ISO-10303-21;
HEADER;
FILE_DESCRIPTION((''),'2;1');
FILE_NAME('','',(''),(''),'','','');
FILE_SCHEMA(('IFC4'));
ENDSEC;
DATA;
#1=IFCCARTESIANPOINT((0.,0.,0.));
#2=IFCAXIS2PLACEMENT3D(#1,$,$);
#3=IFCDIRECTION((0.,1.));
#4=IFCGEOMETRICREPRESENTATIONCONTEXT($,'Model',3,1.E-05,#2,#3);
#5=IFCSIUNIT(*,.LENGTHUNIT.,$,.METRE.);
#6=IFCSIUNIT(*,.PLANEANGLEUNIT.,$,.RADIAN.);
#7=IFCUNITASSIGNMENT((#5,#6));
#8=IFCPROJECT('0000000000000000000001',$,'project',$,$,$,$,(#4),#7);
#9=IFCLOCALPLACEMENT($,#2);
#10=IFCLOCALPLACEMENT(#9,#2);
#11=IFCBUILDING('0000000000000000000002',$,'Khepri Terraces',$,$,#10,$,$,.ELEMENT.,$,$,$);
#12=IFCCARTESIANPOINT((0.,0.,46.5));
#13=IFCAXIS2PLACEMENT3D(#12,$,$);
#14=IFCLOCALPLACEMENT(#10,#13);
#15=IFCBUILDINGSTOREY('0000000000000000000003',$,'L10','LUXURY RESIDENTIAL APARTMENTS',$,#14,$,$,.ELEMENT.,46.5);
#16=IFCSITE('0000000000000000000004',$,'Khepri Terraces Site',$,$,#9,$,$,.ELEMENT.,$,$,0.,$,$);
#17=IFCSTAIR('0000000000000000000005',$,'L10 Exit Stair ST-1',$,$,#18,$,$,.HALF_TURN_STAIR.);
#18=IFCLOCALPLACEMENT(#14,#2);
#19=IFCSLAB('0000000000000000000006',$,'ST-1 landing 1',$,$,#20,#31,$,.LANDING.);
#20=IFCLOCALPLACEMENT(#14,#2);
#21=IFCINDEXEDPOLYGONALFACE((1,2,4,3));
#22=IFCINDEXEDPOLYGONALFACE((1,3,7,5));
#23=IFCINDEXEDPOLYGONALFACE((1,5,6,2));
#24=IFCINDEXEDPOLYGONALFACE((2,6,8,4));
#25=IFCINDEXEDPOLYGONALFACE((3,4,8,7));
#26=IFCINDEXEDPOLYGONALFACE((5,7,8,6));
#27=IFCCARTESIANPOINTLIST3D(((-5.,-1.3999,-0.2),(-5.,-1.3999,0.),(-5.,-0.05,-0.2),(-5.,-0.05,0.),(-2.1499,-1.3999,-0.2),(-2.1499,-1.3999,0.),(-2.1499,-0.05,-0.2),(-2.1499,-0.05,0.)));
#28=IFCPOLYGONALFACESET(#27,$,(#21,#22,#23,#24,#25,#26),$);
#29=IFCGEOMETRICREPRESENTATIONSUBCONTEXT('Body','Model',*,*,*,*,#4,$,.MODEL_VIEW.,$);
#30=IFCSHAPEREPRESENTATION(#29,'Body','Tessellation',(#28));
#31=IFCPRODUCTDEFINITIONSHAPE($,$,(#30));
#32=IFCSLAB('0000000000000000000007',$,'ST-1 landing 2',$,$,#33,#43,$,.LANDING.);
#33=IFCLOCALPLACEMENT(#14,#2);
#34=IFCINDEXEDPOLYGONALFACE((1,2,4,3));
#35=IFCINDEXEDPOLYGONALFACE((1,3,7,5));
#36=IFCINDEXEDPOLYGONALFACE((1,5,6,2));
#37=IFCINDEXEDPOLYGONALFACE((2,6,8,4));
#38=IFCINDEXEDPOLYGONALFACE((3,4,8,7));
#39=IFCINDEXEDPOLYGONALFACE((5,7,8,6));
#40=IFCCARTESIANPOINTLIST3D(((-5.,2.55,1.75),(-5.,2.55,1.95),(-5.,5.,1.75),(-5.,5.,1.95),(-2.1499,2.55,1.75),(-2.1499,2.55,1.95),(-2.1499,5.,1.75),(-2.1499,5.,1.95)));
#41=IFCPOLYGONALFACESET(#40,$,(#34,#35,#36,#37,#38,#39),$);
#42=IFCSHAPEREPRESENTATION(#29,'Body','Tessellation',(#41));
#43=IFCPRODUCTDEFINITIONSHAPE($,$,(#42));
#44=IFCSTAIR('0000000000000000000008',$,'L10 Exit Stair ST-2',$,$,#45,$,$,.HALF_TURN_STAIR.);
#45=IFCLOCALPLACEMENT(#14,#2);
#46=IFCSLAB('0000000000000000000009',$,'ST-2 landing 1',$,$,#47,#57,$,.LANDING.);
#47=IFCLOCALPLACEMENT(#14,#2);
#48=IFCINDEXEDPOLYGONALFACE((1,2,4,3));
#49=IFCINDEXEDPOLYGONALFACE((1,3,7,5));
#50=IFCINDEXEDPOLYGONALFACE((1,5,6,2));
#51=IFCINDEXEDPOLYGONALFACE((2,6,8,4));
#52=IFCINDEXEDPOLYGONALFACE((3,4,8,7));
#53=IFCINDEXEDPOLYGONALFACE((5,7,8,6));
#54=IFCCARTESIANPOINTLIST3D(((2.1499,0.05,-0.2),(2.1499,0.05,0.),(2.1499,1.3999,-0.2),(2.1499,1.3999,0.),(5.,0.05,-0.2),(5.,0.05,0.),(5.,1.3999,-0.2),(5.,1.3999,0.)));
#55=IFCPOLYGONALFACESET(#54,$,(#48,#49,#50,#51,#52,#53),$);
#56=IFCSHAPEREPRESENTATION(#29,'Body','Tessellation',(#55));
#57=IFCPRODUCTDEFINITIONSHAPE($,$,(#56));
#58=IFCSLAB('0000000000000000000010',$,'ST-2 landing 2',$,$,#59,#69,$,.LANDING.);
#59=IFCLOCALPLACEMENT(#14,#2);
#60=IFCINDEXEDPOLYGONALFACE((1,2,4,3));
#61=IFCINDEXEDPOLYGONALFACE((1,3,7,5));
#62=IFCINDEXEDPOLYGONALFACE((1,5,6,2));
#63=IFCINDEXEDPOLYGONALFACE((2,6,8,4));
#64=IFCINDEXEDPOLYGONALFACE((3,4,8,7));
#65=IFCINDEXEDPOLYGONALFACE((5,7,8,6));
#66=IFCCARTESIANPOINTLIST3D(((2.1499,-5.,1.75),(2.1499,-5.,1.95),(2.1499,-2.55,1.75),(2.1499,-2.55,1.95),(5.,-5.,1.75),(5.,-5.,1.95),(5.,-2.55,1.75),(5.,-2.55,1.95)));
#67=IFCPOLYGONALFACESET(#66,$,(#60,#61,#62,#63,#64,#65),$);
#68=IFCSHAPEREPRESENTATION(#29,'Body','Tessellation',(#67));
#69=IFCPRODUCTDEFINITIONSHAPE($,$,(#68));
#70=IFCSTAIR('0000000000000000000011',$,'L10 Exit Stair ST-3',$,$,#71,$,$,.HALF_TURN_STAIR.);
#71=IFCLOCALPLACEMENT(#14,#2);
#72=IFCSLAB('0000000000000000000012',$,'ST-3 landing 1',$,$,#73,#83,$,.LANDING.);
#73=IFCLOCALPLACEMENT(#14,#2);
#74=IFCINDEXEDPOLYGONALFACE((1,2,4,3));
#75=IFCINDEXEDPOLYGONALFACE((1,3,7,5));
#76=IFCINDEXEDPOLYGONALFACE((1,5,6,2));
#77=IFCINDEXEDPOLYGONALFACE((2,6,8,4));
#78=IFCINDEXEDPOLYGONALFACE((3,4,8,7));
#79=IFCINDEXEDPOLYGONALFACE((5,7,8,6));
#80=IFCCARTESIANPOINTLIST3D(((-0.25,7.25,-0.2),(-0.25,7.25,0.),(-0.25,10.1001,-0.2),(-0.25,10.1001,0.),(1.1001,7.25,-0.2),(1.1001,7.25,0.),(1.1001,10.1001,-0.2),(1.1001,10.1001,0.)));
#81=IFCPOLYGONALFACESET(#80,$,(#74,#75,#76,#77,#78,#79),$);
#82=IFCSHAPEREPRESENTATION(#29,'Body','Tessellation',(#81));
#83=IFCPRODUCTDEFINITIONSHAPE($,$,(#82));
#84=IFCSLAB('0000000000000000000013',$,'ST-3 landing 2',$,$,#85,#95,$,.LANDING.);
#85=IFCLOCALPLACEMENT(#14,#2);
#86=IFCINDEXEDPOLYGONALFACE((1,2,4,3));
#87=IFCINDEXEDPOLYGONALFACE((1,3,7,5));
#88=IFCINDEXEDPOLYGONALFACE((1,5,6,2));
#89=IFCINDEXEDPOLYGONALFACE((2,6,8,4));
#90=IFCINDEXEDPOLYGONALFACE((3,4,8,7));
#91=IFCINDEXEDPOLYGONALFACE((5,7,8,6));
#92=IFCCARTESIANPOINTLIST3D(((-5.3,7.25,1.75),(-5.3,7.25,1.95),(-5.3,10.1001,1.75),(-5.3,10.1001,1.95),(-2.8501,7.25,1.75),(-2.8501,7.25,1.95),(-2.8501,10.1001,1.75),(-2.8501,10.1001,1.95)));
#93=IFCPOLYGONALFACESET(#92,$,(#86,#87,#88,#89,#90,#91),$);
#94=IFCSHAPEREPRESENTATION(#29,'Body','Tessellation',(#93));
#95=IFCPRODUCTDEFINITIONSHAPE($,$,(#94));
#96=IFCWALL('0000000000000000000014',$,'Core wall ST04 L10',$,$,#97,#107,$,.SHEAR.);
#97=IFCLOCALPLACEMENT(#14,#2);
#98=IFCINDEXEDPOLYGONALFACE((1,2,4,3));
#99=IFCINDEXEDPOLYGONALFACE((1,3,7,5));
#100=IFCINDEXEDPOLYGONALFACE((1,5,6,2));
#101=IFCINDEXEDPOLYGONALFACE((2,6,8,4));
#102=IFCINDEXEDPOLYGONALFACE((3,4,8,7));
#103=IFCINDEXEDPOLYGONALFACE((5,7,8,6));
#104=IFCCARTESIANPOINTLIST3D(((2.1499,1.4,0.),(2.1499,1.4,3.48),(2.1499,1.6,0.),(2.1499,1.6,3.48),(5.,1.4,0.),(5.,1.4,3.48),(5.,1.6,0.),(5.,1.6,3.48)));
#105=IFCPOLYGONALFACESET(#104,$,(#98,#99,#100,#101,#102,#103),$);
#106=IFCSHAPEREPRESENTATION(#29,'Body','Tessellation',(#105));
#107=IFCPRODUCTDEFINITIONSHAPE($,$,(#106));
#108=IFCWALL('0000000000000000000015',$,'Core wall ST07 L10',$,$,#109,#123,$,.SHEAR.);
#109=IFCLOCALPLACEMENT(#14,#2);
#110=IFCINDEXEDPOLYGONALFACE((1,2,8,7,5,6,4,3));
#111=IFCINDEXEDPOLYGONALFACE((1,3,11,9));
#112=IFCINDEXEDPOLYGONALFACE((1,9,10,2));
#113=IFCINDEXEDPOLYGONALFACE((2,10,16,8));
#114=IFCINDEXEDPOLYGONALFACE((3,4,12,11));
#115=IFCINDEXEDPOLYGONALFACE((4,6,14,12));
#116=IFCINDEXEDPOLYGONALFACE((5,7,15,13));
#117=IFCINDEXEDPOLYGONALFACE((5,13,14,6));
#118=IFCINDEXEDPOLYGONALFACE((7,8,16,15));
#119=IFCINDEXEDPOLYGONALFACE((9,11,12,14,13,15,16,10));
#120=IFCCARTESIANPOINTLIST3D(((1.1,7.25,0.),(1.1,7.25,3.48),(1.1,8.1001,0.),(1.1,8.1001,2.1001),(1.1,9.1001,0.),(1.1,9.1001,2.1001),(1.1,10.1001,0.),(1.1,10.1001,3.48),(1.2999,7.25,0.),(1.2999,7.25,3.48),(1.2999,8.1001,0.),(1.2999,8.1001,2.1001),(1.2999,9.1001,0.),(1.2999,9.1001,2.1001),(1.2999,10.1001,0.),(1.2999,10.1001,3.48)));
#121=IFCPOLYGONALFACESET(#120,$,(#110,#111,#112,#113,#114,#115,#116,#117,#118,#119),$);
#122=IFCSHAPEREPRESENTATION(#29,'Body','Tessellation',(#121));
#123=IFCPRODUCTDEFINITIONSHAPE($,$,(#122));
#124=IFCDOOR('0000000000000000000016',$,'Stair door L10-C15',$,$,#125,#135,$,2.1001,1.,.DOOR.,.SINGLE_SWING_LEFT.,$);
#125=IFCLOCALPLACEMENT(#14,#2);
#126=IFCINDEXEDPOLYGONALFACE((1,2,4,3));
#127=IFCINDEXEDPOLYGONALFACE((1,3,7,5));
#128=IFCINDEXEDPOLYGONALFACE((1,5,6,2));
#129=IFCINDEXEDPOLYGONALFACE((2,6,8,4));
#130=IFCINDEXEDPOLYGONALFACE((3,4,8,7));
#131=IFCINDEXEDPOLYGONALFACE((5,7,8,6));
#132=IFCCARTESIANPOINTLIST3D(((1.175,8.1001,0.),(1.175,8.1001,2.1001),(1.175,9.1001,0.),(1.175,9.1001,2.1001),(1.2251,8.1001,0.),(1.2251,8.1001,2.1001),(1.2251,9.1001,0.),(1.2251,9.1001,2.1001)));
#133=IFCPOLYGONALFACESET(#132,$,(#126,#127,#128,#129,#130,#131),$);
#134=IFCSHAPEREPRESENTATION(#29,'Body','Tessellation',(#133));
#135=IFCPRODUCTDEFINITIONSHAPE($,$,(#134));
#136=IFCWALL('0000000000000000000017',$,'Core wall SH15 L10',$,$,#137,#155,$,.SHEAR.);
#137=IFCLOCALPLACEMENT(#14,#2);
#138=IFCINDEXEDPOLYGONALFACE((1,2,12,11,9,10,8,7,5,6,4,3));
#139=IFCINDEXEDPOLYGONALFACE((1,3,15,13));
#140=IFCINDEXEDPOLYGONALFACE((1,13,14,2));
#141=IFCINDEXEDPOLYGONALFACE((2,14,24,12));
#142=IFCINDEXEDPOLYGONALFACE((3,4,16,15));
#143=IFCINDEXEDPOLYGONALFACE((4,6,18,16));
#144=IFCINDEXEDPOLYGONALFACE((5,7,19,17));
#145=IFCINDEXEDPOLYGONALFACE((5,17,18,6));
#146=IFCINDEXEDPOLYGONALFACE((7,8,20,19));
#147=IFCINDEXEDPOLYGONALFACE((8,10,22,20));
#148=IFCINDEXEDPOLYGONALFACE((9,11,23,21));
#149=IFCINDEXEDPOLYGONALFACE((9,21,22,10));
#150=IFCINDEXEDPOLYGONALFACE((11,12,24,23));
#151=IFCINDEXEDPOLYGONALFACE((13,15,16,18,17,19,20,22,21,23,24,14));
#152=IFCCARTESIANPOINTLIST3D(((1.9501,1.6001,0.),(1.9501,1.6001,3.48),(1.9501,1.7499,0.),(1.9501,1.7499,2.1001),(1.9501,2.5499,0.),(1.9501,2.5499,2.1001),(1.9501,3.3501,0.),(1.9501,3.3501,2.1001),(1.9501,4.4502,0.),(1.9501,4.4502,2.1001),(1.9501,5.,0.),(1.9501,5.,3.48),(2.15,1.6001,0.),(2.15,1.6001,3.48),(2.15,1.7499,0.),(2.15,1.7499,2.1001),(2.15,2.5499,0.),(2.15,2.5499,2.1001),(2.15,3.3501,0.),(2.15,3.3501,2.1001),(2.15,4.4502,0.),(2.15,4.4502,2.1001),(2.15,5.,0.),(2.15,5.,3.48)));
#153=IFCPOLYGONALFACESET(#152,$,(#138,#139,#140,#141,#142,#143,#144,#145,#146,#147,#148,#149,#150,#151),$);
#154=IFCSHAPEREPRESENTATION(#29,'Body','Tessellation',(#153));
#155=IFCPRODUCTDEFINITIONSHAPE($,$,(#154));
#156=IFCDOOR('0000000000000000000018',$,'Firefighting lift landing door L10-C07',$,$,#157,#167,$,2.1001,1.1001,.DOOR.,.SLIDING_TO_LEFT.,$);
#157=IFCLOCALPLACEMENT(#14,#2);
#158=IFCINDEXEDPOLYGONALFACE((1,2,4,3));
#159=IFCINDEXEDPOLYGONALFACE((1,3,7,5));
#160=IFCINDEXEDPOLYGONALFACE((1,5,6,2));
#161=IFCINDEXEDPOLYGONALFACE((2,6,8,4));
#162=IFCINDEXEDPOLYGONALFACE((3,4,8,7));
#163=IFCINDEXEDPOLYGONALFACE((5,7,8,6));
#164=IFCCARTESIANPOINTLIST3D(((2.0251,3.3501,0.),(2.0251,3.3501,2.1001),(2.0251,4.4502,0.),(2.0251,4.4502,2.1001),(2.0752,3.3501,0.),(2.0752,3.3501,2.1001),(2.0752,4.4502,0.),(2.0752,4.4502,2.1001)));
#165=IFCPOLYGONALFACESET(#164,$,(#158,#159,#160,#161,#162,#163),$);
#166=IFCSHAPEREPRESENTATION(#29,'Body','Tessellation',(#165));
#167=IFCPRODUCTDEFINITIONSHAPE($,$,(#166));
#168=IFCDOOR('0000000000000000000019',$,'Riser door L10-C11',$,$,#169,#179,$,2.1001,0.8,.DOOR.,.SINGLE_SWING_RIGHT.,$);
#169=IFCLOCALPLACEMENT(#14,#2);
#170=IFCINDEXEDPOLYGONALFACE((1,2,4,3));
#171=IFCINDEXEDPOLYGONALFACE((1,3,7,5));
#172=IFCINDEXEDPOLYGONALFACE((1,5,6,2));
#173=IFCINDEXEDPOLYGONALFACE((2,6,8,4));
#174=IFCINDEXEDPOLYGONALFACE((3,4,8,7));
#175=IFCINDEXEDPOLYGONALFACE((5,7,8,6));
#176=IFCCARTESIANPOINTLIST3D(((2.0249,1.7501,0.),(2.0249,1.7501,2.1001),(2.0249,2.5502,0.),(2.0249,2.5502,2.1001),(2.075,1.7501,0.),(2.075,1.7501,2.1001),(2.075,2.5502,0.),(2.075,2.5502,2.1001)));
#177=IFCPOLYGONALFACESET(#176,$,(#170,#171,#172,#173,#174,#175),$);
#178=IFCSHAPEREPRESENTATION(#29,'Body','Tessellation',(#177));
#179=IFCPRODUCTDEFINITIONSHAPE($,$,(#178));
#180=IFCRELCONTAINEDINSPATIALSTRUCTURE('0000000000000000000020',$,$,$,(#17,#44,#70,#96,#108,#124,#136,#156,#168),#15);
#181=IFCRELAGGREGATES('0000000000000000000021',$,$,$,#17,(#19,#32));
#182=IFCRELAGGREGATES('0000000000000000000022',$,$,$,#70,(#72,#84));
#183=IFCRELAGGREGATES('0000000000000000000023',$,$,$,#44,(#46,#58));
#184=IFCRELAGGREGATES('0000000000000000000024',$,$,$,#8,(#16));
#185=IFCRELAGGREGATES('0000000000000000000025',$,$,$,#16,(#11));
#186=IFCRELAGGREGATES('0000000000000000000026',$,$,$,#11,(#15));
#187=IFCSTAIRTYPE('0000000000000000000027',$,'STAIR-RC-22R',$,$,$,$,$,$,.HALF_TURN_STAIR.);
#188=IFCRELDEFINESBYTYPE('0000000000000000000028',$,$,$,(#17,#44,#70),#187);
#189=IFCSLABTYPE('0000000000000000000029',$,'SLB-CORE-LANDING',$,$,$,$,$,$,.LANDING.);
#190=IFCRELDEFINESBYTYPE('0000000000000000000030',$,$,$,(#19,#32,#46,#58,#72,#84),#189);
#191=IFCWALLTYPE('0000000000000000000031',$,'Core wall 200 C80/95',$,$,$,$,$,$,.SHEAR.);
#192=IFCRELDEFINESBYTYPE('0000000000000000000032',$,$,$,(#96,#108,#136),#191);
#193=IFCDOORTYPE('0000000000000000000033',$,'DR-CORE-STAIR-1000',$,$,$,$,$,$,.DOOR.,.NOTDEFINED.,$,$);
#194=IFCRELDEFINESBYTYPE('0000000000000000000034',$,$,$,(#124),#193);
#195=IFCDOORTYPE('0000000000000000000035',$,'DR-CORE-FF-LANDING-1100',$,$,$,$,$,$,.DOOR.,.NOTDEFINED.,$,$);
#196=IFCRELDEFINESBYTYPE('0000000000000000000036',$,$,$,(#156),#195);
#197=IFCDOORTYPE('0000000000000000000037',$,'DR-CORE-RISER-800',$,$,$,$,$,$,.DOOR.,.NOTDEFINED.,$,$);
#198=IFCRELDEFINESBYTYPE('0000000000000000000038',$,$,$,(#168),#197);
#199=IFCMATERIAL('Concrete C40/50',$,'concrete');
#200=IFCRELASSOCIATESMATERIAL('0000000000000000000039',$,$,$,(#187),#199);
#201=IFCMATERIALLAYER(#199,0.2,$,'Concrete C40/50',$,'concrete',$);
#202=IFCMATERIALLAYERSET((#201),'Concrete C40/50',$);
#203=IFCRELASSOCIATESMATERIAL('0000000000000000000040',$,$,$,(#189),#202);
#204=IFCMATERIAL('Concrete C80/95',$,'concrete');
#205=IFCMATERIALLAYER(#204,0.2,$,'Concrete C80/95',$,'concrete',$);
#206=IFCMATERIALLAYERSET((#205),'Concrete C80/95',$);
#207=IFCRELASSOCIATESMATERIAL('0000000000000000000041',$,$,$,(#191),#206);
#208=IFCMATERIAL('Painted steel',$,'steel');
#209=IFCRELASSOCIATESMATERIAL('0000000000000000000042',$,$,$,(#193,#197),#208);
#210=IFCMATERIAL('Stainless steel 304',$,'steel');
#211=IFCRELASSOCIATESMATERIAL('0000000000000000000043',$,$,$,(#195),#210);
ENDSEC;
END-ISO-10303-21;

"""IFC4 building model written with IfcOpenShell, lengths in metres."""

from ifc_helpers import new_model, si_unit, direction, frame, frame_2d, origin, place, context, subcontext, project, spatial, polyline, rectangle, outline, extrude, material, layer, layer_set, type_object, element, fill, aggregate, save


model = new_model("IFC4")

# Units and contexts
model_context = context("Model", 3, precision=1e-05, world=origin(), true_north=direction((0.0, 1.0)))
body_context = subcontext(model_context, "Body", "Model", "MODEL_VIEW")
ifc_project = project(units=[si_unit("LENGTHUNIT", "METRE"), si_unit("PLANEANGLEUNIT", "RADIAN")], contexts=[model_context])

# Site, building, storey
site_placement = place(None, origin())
site = spatial("IfcSite", under=ifc_project, at=site_placement, Name="Khepri Terraces Site", CompositionType="ELEMENT", RefElevation=0.0)
building_placement = place(site_placement, origin())
building = spatial("IfcBuilding", under=site, at=building_placement, Name="Khepri Terraces", CompositionType="ELEMENT")
storey_placement = place(building_placement, frame((0.0, 0.0, 46.5)))
storey = spatial("IfcBuildingStorey", under=building, at=storey_placement, Name="L10", Description="LUXURY RESIDENTIAL APARTMENTS", CompositionType="ELEMENT", Elevation=46.5)

# Stairs, slabs
ifc_material_1 = material(Name="Concrete C40/50", Category="concrete")
stair_type = type_object("IfcStairType", Name="STAIR-RC-22R", PredefinedType="HALF_TURN_STAIR", material=ifc_material_1)
stair_1_placement = place(storey_placement, origin())
stair_1 = element("IfcStair", 1, at=stair_1_placement, inside=storey, type_object=stair_type, Name="L10 Exit Stair ST-1", PredefinedType="HALF_TURN_STAIR")
ifc_layer_1 = layer(ifc_material_1, 0.2, Name="Concrete C40/50", Category="concrete")
ifc_layer_set_1 = layer_set([ifc_layer_1], Name="Concrete C40/50")
slab_type = type_object("IfcSlabType", Name="SLB-CORE-LANDING", PredefinedType="LANDING", material=ifc_layer_set_1)
slab_1_placement = place(storey_placement, frame((0.0, 0.0, -0.2)))
slab_1 = element("IfcSlab", 2, at=slab_1_placement, type_object=slab_type, Name="ST-1 landing 1", PredefinedType="LANDING", context=body_context, shape_type="SweptSolid", body=[
    extrude(outline(polyline([(-2.1499, -1.3999), (-2.1499, -0.05), (-5.0, -0.05), (-5.0, -1.3999), (-2.1499, -1.3999)])), origin(), (0.0, 0.0, 1.0), 0.2),
])
slab_2_placement = place(storey_placement, frame((0.0, 0.0, 1.75)))
slab_2 = element("IfcSlab", 3, at=slab_2_placement, type_object=slab_type, Name="ST-1 landing 2", PredefinedType="LANDING", context=body_context, shape_type="SweptSolid", body=[
    extrude(outline(polyline([(-2.1499, 2.55), (-2.1499, 5.0), (-5.0, 5.0), (-5.0, 2.55), (-2.1499, 2.55)])), origin(), (0.0, 0.0, 1.0), 0.2),
])
aggregate(stair_1, [slab_1, slab_2])
stair_2_placement = place(storey_placement, origin())
stair_2 = element("IfcStair", 4, at=stair_2_placement, inside=storey, type_object=stair_type, Name="L10 Exit Stair ST-2", PredefinedType="HALF_TURN_STAIR")
slab_3_placement = place(storey_placement, frame((0.0, 0.0, -0.2)))
slab_3 = element("IfcSlab", 5, at=slab_3_placement, type_object=slab_type, Name="ST-2 landing 1", PredefinedType="LANDING", context=body_context, shape_type="SweptSolid", body=[
    extrude(outline(polyline([(2.1499, 1.3999), (2.1499, 0.05), (5.0, 0.05), (5.0, 1.3999), (2.1499, 1.3999)])), origin(), (0.0, 0.0, 1.0), 0.2),
])
slab_4_placement = place(storey_placement, frame((0.0, 0.0, 1.75)))
slab_4 = element("IfcSlab", 6, at=slab_4_placement, type_object=slab_type, Name="ST-2 landing 2", PredefinedType="LANDING", context=body_context, shape_type="SweptSolid", body=[
    extrude(outline(polyline([(2.1499, -2.55), (2.1499, -5.0), (5.0, -5.0), (5.0, -2.55), (2.1499, -2.55)])), origin(), (0.0, 0.0, 1.0), 0.2),
])
stair_3_placement = place(storey_placement, origin())
stair_3 = element("IfcStair", 7, at=stair_3_placement, inside=storey, type_object=stair_type, Name="L10 Exit Stair ST-3", PredefinedType="HALF_TURN_STAIR")
slab_5_placement = place(storey_placement, frame((0.0, 0.0, -0.2)))
slab_5 = element("IfcSlab", 8, at=slab_5_placement, type_object=slab_type, Name="ST-3 landing 1", PredefinedType="LANDING", context=body_context, shape_type="SweptSolid", body=[
    extrude(outline(polyline([(1.1001, 10.1001), (-0.25, 10.1001), (-0.25, 7.25), (1.1001, 7.25), (1.1001, 10.1001)])), origin(), (0.0, 0.0, 1.0), 0.2),
])
slab_6_placement = place(storey_placement, frame((0.0, 0.0, 1.75)))
slab_6 = element("IfcSlab", 9, at=slab_6_placement, type_object=slab_type, Name="ST-3 landing 2", PredefinedType="LANDING", context=body_context, shape_type="SweptSolid", body=[
    extrude(outline(polyline([(-2.8501, 10.1001), (-5.3, 10.1001), (-5.3, 7.25), (-2.8501, 7.25), (-2.8501, 10.1001)])), origin(), (0.0, 0.0, 1.0), 0.2),
])
aggregate(stair_3, [slab_5, slab_6])

# Wall
ifc_material_2 = material(Name="Concrete C80/95", Category="concrete")
ifc_layer_2 = layer(ifc_material_2, 0.2, Name="Concrete C80/95", Category="concrete")
ifc_layer_set_2 = layer_set([ifc_layer_2], Name="Concrete C80/95")
wall_type_1 = type_object("IfcWallType", Name="Core wall 200 C80/95", PredefinedType="SHEAR", material=ifc_layer_set_2)
wall_1_placement = place(storey_placement, frame((2.1499, 1.5, 0.0), z_axis=(0.0, 0.0, 1.0), x_axis=(1.0, 0.0, 0.0)))
element("IfcWall", 10, at=wall_1_placement, inside=storey, type_object=wall_type_1, Name="Core wall ST04 L10", PredefinedType="SHEAR", context=body_context, shape_type="SweptSolid", body=[
    extrude(rectangle(XDim=2.8501, YDim=0.2, at=frame_2d((1.425, 0.0))), origin(), (0.0, 0.0, 1.0), 3.48),
])

# Wall, opening, door
wall_2_placement = place(storey_placement, frame((1.2, 7.25, 0.0), z_axis=(0.0, 0.0, 1.0), x_axis=(0.0, 1.0, 0.0)))
wall_2 = element("IfcWall", 11, at=wall_2_placement, inside=storey, type_object=wall_type_1, Name="Core wall ST07 L10", PredefinedType="SHEAR", context=body_context, shape_type="SweptSolid", body=[
    extrude(rectangle(XDim=2.8501, YDim=0.2, at=frame_2d((1.425, 0.0))), origin(), (0.0, 0.0, 1.0), 3.48),
])
opening_1_placement = place(wall_2_placement, frame((0.8501, 0.0, 0.0)))
opening_1 = element("IfcOpeningElement", 12, at=opening_1_placement, cuts=wall_2, PredefinedType="OPENING", context=body_context, shape_type="SweptSolid", body=[
    extrude(rectangle(XDim=1.0, YDim=2.1001, at=frame_2d((0.5, 1.05))), frame((0.0, 0.1099, 0.0), z_axis=(0.0, -1.0, 0.0), x_axis=(1.0, 0.0, 0.0)), (0.0, 0.0, 1.0), 0.22),
])
ifc_material_3 = material(Name="Painted steel", Category="steel")
door_type_1 = type_object("IfcDoorType", Name="DR-CORE-STAIR-1000", OperationType="NOTDEFINED", PredefinedType="DOOR", material=ifc_material_3)
door_1_placement = place(opening_1_placement, origin())
door_1 = element("IfcDoor", 13, at=door_1_placement, inside=storey, type_object=door_type_1, Name="Stair door L10-C15", OperationType="SINGLE_SWING_LEFT", OverallHeight=2.1001, OverallWidth=1.0, PredefinedType="DOOR", context=body_context, shape_type="SweptSolid", body=[
    extrude(rectangle(XDim=1.0, YDim=2.1001, at=frame_2d((0.5, 1.05))), frame((0.0, 0.0249, 0.0), z_axis=(0.0, -1.0, 0.0), x_axis=(1.0, 0.0, 0.0)), (0.0, 0.0, 1.0), 0.05),
])
fill(opening_1, door_1)

# Wall, openings, doors
wall_3_placement = place(storey_placement, frame((2.05, 1.6001, 0.0), z_axis=(0.0, 0.0, 1.0), x_axis=(0.0, 1.0, 0.0)))
wall_3 = element("IfcWall", 14, at=wall_3_placement, inside=storey, type_object=wall_type_1, Name="Core wall SH15 L10", PredefinedType="SHEAR", context=body_context, shape_type="SweptSolid", body=[
    extrude(rectangle(XDim=3.3999, YDim=0.2, at=frame_2d((1.7, 0.0))), origin(), (0.0, 0.0, 1.0), 3.48),
])
opening_2_placement = place(wall_3_placement, frame((1.75, 0.0, 0.0)))
opening_2 = element("IfcOpeningElement", 15, at=opening_2_placement, cuts=wall_3, PredefinedType="OPENING", context=body_context, shape_type="SweptSolid", body=[
    extrude(rectangle(XDim=1.1001, YDim=2.1001, at=frame_2d((0.55, 1.05))), frame((0.0, 0.1099, 0.0), z_axis=(0.0, -1.0, 0.0), x_axis=(1.0, 0.0, 0.0)), (0.0, 0.0, 1.0), 0.22),
])
opening_3_placement = place(wall_3_placement, frame((0.1499, 0.0, 0.0)))
opening_3 = element("IfcOpeningElement", 16, at=opening_3_placement, cuts=wall_3, PredefinedType="OPENING", context=body_context, shape_type="SweptSolid", body=[
    extrude(rectangle(XDim=0.8, YDim=2.1001, at=frame_2d((0.3999, 1.05))), frame((0.0, 0.1099, 0.0), z_axis=(0.0, -1.0, 0.0), x_axis=(1.0, 0.0, 0.0)), (0.0, 0.0, 1.0), 0.22),
])
ifc_material_4 = material(Name="Stainless steel 304", Category="steel")
door_type_2 = type_object("IfcDoorType", Name="DR-CORE-FF-LANDING-1100", OperationType="NOTDEFINED", PredefinedType="DOOR", material=ifc_material_4)
door_2_placement = place(opening_2_placement, origin())
door_2 = element("IfcDoor", 17, at=door_2_placement, inside=storey, type_object=door_type_2, Name="Firefighting lift landing door L10-C07", OperationType="SLIDING_TO_LEFT", OverallHeight=2.1001, OverallWidth=1.1001, PredefinedType="DOOR", context=body_context, shape_type="SweptSolid", body=[
    extrude(rectangle(XDim=1.1001, YDim=2.1001, at=frame_2d((0.55, 1.05))), frame((0.0, 0.0249, 0.0), z_axis=(0.0, -1.0, 0.0), x_axis=(1.0, 0.0, 0.0)), (0.0, 0.0, 1.0), 0.05),
])
fill(opening_2, door_2)
door_type_3 = type_object("IfcDoorType", Name="DR-CORE-RISER-800", OperationType="NOTDEFINED", PredefinedType="DOOR", material=ifc_material_3)
door_3_placement = place(opening_3_placement, frame((0.8, 0.0, 0.0), z_axis=(0.0, 0.0, 1.0), x_axis=(-1.0, 0.0, 0.0)))
door_3 = element("IfcDoor", 18, at=door_3_placement, inside=storey, type_object=door_type_3, Name="Riser door L10-C11", OperationType="SINGLE_SWING_RIGHT", OverallHeight=2.1001, OverallWidth=0.8, PredefinedType="DOOR", context=body_context, shape_type="SweptSolid", body=[
    extrude(rectangle(XDim=0.8, YDim=2.1001, at=frame_2d((0.3999, 1.05))), frame((0.0, 0.0249, 0.0), z_axis=(0.0, -1.0, 0.0), x_axis=(1.0, 0.0, 0.0)), (0.0, 0.0, 1.0), 0.05),
])
fill(opening_3, door_3)

aggregate(stair_2, [slab_3, slab_4])

save(model, "model.ifc")
